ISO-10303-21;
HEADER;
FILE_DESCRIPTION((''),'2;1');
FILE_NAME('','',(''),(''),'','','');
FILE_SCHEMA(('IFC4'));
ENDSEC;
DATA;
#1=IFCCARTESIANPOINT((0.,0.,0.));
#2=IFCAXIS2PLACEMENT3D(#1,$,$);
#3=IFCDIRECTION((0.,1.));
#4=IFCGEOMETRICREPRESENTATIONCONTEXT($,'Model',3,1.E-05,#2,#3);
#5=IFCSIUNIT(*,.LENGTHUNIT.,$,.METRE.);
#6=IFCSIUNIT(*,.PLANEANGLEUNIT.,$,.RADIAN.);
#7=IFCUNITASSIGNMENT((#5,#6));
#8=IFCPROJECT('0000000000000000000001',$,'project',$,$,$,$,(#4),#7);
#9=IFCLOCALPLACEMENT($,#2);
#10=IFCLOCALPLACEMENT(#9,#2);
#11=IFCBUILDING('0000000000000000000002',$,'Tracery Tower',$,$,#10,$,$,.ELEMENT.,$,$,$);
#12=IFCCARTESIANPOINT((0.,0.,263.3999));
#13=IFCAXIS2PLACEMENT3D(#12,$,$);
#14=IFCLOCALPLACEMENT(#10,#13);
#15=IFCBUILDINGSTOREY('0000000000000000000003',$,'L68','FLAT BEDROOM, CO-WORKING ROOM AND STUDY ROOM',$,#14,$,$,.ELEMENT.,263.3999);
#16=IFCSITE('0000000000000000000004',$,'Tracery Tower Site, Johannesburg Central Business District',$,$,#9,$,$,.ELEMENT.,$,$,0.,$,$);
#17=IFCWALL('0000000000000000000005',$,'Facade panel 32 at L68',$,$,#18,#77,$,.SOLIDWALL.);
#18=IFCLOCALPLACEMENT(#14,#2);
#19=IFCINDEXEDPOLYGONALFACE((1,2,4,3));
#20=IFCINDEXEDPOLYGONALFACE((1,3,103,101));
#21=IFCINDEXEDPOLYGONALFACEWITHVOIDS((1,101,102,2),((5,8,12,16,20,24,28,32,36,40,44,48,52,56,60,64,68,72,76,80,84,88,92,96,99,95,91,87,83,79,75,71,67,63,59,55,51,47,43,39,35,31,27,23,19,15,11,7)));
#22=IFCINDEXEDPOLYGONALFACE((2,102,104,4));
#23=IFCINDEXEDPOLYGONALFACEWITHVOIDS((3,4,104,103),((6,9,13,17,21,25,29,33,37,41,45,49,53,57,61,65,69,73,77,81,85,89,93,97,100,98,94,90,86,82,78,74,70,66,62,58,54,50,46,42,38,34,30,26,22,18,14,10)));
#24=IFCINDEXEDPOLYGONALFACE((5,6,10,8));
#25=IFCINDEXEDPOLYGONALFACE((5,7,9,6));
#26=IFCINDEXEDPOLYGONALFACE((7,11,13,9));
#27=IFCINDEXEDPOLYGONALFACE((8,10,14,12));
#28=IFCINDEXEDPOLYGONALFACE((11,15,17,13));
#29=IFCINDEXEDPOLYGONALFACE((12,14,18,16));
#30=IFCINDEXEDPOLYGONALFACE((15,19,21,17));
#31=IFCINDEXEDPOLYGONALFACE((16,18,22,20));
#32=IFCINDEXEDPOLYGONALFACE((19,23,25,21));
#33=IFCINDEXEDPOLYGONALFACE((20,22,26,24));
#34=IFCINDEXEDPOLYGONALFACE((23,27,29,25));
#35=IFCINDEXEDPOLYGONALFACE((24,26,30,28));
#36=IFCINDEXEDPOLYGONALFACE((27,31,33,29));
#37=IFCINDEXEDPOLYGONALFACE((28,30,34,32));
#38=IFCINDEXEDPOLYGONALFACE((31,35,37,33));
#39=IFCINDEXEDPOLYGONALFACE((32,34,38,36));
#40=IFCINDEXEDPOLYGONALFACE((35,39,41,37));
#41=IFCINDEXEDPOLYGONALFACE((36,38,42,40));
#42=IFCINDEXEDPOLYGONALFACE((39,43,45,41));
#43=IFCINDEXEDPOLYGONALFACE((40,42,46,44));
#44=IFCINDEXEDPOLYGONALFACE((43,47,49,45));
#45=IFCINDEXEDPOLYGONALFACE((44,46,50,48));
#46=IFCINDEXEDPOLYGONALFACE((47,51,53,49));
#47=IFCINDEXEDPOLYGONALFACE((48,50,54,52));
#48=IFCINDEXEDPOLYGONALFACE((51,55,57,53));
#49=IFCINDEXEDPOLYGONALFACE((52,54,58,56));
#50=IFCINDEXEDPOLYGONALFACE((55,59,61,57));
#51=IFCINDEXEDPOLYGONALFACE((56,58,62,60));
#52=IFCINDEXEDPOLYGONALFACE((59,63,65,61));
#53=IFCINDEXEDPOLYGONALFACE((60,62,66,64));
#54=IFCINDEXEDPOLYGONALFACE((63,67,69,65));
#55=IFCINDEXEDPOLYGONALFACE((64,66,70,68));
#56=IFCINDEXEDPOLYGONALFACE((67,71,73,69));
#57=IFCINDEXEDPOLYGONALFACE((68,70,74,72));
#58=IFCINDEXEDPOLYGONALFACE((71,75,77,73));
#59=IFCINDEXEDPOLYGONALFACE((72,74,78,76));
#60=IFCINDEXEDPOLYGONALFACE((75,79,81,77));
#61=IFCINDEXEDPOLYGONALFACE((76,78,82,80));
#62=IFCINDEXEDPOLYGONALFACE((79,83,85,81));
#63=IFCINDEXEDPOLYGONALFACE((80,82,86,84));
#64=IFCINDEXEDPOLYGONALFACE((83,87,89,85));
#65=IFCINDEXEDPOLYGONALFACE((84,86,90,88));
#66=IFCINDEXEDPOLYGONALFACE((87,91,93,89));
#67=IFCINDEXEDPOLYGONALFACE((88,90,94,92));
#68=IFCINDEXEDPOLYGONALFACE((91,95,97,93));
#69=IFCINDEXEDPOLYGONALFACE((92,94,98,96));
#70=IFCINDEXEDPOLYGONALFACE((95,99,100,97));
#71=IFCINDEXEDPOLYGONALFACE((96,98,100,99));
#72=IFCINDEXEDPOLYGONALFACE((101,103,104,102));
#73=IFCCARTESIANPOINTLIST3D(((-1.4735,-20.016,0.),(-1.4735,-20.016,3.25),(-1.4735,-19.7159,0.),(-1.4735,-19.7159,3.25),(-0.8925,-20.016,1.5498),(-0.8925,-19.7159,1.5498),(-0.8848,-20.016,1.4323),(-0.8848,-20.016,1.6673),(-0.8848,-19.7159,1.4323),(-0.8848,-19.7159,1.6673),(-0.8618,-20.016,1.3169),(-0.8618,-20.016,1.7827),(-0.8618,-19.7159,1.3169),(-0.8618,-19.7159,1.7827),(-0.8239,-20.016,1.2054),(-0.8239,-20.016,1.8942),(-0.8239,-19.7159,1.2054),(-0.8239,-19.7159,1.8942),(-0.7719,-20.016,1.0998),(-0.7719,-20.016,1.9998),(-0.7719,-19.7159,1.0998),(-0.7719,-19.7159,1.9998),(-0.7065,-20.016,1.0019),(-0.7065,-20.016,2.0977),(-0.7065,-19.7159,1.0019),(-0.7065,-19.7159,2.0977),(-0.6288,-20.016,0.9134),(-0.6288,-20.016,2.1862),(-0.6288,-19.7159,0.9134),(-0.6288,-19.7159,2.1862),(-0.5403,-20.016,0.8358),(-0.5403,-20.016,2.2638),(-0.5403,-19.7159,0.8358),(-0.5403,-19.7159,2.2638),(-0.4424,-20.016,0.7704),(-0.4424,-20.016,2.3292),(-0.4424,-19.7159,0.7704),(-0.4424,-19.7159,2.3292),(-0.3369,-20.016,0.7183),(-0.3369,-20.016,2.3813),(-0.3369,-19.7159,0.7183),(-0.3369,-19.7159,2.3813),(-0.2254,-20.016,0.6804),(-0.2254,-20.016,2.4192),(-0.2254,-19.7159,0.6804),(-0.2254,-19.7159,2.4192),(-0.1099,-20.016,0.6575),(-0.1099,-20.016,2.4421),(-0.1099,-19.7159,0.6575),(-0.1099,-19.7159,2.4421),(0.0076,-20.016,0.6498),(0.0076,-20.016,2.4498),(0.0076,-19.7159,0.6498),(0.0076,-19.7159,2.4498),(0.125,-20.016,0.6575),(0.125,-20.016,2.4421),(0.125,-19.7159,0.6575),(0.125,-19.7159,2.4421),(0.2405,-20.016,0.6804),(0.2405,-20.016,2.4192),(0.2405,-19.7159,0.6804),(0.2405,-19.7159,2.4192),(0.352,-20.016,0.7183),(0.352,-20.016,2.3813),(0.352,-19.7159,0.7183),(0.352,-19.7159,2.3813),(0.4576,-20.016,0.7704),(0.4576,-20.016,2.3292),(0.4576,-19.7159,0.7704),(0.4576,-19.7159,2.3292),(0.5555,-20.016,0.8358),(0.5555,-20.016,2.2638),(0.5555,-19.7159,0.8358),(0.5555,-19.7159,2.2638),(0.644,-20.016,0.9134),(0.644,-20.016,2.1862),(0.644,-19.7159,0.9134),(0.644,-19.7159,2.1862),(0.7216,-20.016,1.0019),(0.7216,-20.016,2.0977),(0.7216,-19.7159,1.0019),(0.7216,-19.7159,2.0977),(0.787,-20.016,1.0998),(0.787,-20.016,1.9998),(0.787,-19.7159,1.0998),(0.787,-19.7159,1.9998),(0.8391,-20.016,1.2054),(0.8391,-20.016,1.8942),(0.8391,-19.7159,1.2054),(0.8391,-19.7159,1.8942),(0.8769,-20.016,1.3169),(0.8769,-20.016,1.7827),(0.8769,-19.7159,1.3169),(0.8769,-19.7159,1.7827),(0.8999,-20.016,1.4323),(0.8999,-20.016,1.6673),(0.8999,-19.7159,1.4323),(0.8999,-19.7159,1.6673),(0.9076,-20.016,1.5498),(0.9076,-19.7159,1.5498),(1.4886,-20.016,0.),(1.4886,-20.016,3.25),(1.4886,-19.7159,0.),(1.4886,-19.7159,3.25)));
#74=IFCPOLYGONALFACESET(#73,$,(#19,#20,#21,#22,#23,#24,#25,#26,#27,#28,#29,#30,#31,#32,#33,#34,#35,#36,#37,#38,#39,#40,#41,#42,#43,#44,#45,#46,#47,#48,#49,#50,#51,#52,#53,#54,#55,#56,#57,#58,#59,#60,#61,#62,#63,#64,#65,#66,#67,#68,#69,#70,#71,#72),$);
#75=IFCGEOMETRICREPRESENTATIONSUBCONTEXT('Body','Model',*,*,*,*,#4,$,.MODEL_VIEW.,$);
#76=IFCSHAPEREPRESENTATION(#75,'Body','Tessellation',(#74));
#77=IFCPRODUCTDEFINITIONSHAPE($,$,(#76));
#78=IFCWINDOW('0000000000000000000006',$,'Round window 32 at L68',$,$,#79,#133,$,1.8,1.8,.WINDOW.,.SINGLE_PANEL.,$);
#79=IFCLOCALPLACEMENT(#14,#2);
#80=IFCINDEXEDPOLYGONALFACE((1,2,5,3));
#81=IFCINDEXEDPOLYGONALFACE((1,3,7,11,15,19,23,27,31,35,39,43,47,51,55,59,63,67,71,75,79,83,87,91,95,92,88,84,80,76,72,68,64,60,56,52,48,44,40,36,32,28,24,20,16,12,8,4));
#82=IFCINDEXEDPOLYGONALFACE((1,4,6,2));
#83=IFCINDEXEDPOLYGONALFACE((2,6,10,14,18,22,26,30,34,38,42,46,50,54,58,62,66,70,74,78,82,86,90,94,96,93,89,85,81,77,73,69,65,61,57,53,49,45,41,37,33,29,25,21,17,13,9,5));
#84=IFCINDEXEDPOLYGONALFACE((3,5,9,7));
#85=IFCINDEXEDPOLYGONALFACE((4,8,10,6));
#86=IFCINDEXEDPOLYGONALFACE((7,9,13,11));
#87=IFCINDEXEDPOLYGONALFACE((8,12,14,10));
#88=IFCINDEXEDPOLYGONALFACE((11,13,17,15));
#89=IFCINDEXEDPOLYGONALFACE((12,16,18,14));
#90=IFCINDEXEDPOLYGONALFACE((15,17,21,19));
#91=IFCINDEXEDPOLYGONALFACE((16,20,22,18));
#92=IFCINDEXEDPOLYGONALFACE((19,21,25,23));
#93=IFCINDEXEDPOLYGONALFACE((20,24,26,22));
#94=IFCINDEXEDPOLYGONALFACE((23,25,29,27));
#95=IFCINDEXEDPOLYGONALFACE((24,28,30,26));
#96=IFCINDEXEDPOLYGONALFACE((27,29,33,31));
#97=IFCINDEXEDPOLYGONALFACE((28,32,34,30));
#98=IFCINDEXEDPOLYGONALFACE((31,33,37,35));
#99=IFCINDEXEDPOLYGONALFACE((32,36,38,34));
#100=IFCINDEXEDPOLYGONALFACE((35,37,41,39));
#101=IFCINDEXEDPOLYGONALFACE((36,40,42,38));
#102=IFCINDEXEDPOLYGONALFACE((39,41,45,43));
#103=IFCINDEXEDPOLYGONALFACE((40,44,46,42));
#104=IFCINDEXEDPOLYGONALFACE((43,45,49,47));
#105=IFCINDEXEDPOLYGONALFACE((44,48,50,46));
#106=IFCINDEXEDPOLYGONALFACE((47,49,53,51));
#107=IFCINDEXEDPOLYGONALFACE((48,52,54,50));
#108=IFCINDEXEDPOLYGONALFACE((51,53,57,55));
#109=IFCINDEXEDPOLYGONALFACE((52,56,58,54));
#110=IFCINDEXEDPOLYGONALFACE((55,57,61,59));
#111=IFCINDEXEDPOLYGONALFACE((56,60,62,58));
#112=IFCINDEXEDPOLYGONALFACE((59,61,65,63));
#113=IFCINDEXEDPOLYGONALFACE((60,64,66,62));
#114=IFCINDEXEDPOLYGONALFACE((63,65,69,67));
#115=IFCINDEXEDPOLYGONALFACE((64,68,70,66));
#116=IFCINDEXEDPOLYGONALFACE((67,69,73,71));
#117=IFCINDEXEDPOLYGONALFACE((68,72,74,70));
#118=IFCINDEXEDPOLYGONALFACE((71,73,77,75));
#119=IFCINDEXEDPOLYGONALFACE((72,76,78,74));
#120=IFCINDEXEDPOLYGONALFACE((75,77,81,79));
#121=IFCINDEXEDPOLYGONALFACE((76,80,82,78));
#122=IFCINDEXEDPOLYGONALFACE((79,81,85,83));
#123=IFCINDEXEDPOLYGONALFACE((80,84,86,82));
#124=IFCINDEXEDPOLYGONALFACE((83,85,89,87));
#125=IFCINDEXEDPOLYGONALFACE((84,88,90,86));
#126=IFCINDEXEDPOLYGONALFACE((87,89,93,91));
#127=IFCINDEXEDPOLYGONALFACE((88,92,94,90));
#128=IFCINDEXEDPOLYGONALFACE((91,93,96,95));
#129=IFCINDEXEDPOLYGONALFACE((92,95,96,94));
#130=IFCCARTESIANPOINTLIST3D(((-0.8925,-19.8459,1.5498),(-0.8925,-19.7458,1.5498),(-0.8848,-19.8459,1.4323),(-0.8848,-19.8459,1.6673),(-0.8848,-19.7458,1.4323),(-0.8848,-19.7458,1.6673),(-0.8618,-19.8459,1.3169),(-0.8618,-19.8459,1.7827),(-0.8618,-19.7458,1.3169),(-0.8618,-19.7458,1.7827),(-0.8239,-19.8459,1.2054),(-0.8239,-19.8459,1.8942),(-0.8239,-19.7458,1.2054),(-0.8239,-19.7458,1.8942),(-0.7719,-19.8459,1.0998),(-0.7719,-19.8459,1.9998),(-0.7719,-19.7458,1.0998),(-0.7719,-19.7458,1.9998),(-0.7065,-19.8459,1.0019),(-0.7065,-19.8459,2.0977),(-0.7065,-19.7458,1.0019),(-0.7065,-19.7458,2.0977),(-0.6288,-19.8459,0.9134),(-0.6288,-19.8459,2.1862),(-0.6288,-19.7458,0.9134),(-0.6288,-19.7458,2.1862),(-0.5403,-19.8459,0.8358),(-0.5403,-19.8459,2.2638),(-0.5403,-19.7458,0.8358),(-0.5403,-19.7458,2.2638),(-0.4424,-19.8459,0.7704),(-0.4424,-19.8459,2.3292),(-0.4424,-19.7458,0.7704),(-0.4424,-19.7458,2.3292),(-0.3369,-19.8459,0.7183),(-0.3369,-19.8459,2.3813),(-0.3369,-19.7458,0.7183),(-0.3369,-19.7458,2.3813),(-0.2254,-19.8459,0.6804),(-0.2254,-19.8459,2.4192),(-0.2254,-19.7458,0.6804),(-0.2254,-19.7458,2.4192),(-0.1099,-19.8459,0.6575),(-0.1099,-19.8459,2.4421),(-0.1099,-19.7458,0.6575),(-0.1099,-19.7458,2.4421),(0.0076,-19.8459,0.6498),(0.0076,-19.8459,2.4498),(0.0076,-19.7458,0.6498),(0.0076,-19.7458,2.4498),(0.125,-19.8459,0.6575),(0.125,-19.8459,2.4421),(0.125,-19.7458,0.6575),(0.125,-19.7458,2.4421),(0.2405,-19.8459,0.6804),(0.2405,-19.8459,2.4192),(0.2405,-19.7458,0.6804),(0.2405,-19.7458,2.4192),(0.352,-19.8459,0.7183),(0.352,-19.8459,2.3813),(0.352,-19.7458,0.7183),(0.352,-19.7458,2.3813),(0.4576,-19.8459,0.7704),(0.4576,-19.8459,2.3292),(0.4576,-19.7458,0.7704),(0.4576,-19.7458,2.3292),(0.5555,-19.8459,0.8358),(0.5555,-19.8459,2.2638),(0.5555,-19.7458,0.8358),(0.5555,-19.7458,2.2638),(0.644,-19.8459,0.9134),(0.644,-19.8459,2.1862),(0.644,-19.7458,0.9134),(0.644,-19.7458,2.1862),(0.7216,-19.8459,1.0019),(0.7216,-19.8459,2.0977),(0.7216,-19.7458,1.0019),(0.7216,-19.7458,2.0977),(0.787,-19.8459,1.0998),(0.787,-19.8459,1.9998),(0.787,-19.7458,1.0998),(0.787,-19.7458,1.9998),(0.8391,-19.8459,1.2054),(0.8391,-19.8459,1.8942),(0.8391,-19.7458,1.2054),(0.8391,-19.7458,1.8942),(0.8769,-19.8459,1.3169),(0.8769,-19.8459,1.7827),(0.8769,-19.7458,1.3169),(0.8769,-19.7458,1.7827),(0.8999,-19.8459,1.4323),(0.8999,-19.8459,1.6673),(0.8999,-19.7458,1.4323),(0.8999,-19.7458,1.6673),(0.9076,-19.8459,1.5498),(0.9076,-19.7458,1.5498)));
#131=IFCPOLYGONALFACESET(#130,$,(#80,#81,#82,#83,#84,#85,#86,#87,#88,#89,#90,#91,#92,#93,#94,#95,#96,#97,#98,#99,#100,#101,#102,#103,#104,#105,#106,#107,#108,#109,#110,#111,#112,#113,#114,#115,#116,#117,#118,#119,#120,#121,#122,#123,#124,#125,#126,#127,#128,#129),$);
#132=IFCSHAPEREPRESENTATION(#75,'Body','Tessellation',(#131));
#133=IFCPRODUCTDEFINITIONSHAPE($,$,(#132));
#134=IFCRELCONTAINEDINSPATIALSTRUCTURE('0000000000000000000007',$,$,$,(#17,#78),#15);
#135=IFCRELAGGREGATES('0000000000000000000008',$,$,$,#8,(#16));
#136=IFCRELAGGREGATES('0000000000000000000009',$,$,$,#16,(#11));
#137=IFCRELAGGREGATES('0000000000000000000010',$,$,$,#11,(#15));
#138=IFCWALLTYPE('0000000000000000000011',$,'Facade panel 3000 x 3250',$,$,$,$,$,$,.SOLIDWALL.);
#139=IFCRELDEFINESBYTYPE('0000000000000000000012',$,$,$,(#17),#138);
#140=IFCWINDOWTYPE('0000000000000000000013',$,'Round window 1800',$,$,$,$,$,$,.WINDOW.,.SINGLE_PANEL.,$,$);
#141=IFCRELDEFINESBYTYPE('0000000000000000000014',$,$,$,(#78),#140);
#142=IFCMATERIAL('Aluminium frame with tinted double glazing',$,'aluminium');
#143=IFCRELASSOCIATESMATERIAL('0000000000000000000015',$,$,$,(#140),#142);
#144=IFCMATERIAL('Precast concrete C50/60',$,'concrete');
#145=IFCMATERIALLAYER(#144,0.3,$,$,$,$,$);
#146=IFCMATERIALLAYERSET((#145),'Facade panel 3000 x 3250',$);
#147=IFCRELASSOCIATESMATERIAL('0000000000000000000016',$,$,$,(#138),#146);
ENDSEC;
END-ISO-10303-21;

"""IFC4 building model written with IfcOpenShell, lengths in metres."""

from ifc_helpers import new_model, si_unit, direction, frame, frame_2d, origin, origin_2d, place, context, subcontext, project, spatial, rectangle, circle, extrude, material, layer, layer_set, type_object, element, fill, save


model = new_model("IFC4")

# Units and contexts
model_context = context("Model", 3, precision=1e-05, world=origin(), true_north=direction((0.0, 1.0)))
body_context = subcontext(model_context, "Body", "Model", "MODEL_VIEW")
ifc_project = project(units=[si_unit("LENGTHUNIT", "METRE"), si_unit("PLANEANGLEUNIT", "RADIAN")], contexts=[model_context])

# Site, building, storey
site_placement = place(None, origin())
site = spatial("IfcSite", under=ifc_project, at=site_placement, Name="Tracery Tower Site, Johannesburg Central Business District", CompositionType="ELEMENT", RefElevation=0.0)
building_placement = place(site_placement, origin())
building = spatial("IfcBuilding", under=site, at=building_placement, Name="Tracery Tower", CompositionType="ELEMENT")
storey_placement = place(building_placement, frame((0.0, 0.0, 263.3999)))
storey = spatial("IfcBuildingStorey", under=building, at=storey_placement, Name="L68", Description="FLAT BEDROOM, CO-WORKING ROOM AND STUDY ROOM", CompositionType="ELEMENT", Elevation=263.3999)

# Wall, opening, window
ifc_material_1 = material(Name="Aluminium frame with tinted double glazing", Category="aluminium")
window_type = type_object("IfcWindowType", Name="Round window 1800", PartitioningType="SINGLE_PANEL", PredefinedType="WINDOW", material=ifc_material_1)
ifc_material_2 = material(Name="Precast concrete C50/60", Category="concrete")
ifc_layer_1 = layer(ifc_material_2, 0.3)
ifc_layer_set_1 = layer_set([ifc_layer_1], Name="Facade panel 3000 x 3250")
wall_type_1 = type_object("IfcWallType", Name="Facade panel 3000 x 3250", PredefinedType="SOLIDWALL", material=ifc_layer_set_1)
wall_1_placement = place(storey_placement, frame((-1.4734, -19.866, 0.0), z_axis=(0.0, 0.0, 1.0), x_axis=(1.0, 0.0, 0.0)))
wall_1 = element("IfcWall", 1, at=wall_1_placement, inside=storey, type_object=wall_type_1, Name="Facade panel 32 at L68", PredefinedType="SOLIDWALL", context=body_context, shape_type="SweptSolid", body=[
    extrude(rectangle(XDim=2.9622, YDim=0.3, at=frame_2d((1.481, 0.0))), origin(), (0.0, 0.0, 1.0), 3.25),
])
opening_1_placement = place(wall_1_placement, frame((1.481, 0.0, 1.5498)))
opening_1 = element("IfcOpeningElement", 2, at=opening_1_placement, cuts=wall_1, PredefinedType="OPENING", context=body_context, shape_type="SweptSolid", body=[
    extrude(circle(Radius=0.9, at=origin_2d()), frame((0.0, 0.1599, 0.0), z_axis=(0.0, -1.0, 0.0), x_axis=(1.0, 0.0, 0.0)), (0.0, 0.0, 1.0), 0.3201),
])
window_1_placement = place(opening_1_placement, origin())
window_1 = element("IfcWindow", 3, at=window_1_placement, inside=storey, type_object=window_type, Name="Round window 32 at L68", OverallHeight=1.8, OverallWidth=1.8, PartitioningType="SINGLE_PANEL", PredefinedType="WINDOW", context=body_context, shape_type="SweptSolid", body=[
    extrude(circle(Radius=0.9, at=origin_2d()), frame((0.0, 0.1201, 0.0), z_axis=(0.0, -1.0, 0.0), x_axis=(1.0, 0.0, 0.0)), (0.0, 0.0, 1.0), 0.1001),
])
fill(opening_1, window_1)

save(model, "model.ifc")
